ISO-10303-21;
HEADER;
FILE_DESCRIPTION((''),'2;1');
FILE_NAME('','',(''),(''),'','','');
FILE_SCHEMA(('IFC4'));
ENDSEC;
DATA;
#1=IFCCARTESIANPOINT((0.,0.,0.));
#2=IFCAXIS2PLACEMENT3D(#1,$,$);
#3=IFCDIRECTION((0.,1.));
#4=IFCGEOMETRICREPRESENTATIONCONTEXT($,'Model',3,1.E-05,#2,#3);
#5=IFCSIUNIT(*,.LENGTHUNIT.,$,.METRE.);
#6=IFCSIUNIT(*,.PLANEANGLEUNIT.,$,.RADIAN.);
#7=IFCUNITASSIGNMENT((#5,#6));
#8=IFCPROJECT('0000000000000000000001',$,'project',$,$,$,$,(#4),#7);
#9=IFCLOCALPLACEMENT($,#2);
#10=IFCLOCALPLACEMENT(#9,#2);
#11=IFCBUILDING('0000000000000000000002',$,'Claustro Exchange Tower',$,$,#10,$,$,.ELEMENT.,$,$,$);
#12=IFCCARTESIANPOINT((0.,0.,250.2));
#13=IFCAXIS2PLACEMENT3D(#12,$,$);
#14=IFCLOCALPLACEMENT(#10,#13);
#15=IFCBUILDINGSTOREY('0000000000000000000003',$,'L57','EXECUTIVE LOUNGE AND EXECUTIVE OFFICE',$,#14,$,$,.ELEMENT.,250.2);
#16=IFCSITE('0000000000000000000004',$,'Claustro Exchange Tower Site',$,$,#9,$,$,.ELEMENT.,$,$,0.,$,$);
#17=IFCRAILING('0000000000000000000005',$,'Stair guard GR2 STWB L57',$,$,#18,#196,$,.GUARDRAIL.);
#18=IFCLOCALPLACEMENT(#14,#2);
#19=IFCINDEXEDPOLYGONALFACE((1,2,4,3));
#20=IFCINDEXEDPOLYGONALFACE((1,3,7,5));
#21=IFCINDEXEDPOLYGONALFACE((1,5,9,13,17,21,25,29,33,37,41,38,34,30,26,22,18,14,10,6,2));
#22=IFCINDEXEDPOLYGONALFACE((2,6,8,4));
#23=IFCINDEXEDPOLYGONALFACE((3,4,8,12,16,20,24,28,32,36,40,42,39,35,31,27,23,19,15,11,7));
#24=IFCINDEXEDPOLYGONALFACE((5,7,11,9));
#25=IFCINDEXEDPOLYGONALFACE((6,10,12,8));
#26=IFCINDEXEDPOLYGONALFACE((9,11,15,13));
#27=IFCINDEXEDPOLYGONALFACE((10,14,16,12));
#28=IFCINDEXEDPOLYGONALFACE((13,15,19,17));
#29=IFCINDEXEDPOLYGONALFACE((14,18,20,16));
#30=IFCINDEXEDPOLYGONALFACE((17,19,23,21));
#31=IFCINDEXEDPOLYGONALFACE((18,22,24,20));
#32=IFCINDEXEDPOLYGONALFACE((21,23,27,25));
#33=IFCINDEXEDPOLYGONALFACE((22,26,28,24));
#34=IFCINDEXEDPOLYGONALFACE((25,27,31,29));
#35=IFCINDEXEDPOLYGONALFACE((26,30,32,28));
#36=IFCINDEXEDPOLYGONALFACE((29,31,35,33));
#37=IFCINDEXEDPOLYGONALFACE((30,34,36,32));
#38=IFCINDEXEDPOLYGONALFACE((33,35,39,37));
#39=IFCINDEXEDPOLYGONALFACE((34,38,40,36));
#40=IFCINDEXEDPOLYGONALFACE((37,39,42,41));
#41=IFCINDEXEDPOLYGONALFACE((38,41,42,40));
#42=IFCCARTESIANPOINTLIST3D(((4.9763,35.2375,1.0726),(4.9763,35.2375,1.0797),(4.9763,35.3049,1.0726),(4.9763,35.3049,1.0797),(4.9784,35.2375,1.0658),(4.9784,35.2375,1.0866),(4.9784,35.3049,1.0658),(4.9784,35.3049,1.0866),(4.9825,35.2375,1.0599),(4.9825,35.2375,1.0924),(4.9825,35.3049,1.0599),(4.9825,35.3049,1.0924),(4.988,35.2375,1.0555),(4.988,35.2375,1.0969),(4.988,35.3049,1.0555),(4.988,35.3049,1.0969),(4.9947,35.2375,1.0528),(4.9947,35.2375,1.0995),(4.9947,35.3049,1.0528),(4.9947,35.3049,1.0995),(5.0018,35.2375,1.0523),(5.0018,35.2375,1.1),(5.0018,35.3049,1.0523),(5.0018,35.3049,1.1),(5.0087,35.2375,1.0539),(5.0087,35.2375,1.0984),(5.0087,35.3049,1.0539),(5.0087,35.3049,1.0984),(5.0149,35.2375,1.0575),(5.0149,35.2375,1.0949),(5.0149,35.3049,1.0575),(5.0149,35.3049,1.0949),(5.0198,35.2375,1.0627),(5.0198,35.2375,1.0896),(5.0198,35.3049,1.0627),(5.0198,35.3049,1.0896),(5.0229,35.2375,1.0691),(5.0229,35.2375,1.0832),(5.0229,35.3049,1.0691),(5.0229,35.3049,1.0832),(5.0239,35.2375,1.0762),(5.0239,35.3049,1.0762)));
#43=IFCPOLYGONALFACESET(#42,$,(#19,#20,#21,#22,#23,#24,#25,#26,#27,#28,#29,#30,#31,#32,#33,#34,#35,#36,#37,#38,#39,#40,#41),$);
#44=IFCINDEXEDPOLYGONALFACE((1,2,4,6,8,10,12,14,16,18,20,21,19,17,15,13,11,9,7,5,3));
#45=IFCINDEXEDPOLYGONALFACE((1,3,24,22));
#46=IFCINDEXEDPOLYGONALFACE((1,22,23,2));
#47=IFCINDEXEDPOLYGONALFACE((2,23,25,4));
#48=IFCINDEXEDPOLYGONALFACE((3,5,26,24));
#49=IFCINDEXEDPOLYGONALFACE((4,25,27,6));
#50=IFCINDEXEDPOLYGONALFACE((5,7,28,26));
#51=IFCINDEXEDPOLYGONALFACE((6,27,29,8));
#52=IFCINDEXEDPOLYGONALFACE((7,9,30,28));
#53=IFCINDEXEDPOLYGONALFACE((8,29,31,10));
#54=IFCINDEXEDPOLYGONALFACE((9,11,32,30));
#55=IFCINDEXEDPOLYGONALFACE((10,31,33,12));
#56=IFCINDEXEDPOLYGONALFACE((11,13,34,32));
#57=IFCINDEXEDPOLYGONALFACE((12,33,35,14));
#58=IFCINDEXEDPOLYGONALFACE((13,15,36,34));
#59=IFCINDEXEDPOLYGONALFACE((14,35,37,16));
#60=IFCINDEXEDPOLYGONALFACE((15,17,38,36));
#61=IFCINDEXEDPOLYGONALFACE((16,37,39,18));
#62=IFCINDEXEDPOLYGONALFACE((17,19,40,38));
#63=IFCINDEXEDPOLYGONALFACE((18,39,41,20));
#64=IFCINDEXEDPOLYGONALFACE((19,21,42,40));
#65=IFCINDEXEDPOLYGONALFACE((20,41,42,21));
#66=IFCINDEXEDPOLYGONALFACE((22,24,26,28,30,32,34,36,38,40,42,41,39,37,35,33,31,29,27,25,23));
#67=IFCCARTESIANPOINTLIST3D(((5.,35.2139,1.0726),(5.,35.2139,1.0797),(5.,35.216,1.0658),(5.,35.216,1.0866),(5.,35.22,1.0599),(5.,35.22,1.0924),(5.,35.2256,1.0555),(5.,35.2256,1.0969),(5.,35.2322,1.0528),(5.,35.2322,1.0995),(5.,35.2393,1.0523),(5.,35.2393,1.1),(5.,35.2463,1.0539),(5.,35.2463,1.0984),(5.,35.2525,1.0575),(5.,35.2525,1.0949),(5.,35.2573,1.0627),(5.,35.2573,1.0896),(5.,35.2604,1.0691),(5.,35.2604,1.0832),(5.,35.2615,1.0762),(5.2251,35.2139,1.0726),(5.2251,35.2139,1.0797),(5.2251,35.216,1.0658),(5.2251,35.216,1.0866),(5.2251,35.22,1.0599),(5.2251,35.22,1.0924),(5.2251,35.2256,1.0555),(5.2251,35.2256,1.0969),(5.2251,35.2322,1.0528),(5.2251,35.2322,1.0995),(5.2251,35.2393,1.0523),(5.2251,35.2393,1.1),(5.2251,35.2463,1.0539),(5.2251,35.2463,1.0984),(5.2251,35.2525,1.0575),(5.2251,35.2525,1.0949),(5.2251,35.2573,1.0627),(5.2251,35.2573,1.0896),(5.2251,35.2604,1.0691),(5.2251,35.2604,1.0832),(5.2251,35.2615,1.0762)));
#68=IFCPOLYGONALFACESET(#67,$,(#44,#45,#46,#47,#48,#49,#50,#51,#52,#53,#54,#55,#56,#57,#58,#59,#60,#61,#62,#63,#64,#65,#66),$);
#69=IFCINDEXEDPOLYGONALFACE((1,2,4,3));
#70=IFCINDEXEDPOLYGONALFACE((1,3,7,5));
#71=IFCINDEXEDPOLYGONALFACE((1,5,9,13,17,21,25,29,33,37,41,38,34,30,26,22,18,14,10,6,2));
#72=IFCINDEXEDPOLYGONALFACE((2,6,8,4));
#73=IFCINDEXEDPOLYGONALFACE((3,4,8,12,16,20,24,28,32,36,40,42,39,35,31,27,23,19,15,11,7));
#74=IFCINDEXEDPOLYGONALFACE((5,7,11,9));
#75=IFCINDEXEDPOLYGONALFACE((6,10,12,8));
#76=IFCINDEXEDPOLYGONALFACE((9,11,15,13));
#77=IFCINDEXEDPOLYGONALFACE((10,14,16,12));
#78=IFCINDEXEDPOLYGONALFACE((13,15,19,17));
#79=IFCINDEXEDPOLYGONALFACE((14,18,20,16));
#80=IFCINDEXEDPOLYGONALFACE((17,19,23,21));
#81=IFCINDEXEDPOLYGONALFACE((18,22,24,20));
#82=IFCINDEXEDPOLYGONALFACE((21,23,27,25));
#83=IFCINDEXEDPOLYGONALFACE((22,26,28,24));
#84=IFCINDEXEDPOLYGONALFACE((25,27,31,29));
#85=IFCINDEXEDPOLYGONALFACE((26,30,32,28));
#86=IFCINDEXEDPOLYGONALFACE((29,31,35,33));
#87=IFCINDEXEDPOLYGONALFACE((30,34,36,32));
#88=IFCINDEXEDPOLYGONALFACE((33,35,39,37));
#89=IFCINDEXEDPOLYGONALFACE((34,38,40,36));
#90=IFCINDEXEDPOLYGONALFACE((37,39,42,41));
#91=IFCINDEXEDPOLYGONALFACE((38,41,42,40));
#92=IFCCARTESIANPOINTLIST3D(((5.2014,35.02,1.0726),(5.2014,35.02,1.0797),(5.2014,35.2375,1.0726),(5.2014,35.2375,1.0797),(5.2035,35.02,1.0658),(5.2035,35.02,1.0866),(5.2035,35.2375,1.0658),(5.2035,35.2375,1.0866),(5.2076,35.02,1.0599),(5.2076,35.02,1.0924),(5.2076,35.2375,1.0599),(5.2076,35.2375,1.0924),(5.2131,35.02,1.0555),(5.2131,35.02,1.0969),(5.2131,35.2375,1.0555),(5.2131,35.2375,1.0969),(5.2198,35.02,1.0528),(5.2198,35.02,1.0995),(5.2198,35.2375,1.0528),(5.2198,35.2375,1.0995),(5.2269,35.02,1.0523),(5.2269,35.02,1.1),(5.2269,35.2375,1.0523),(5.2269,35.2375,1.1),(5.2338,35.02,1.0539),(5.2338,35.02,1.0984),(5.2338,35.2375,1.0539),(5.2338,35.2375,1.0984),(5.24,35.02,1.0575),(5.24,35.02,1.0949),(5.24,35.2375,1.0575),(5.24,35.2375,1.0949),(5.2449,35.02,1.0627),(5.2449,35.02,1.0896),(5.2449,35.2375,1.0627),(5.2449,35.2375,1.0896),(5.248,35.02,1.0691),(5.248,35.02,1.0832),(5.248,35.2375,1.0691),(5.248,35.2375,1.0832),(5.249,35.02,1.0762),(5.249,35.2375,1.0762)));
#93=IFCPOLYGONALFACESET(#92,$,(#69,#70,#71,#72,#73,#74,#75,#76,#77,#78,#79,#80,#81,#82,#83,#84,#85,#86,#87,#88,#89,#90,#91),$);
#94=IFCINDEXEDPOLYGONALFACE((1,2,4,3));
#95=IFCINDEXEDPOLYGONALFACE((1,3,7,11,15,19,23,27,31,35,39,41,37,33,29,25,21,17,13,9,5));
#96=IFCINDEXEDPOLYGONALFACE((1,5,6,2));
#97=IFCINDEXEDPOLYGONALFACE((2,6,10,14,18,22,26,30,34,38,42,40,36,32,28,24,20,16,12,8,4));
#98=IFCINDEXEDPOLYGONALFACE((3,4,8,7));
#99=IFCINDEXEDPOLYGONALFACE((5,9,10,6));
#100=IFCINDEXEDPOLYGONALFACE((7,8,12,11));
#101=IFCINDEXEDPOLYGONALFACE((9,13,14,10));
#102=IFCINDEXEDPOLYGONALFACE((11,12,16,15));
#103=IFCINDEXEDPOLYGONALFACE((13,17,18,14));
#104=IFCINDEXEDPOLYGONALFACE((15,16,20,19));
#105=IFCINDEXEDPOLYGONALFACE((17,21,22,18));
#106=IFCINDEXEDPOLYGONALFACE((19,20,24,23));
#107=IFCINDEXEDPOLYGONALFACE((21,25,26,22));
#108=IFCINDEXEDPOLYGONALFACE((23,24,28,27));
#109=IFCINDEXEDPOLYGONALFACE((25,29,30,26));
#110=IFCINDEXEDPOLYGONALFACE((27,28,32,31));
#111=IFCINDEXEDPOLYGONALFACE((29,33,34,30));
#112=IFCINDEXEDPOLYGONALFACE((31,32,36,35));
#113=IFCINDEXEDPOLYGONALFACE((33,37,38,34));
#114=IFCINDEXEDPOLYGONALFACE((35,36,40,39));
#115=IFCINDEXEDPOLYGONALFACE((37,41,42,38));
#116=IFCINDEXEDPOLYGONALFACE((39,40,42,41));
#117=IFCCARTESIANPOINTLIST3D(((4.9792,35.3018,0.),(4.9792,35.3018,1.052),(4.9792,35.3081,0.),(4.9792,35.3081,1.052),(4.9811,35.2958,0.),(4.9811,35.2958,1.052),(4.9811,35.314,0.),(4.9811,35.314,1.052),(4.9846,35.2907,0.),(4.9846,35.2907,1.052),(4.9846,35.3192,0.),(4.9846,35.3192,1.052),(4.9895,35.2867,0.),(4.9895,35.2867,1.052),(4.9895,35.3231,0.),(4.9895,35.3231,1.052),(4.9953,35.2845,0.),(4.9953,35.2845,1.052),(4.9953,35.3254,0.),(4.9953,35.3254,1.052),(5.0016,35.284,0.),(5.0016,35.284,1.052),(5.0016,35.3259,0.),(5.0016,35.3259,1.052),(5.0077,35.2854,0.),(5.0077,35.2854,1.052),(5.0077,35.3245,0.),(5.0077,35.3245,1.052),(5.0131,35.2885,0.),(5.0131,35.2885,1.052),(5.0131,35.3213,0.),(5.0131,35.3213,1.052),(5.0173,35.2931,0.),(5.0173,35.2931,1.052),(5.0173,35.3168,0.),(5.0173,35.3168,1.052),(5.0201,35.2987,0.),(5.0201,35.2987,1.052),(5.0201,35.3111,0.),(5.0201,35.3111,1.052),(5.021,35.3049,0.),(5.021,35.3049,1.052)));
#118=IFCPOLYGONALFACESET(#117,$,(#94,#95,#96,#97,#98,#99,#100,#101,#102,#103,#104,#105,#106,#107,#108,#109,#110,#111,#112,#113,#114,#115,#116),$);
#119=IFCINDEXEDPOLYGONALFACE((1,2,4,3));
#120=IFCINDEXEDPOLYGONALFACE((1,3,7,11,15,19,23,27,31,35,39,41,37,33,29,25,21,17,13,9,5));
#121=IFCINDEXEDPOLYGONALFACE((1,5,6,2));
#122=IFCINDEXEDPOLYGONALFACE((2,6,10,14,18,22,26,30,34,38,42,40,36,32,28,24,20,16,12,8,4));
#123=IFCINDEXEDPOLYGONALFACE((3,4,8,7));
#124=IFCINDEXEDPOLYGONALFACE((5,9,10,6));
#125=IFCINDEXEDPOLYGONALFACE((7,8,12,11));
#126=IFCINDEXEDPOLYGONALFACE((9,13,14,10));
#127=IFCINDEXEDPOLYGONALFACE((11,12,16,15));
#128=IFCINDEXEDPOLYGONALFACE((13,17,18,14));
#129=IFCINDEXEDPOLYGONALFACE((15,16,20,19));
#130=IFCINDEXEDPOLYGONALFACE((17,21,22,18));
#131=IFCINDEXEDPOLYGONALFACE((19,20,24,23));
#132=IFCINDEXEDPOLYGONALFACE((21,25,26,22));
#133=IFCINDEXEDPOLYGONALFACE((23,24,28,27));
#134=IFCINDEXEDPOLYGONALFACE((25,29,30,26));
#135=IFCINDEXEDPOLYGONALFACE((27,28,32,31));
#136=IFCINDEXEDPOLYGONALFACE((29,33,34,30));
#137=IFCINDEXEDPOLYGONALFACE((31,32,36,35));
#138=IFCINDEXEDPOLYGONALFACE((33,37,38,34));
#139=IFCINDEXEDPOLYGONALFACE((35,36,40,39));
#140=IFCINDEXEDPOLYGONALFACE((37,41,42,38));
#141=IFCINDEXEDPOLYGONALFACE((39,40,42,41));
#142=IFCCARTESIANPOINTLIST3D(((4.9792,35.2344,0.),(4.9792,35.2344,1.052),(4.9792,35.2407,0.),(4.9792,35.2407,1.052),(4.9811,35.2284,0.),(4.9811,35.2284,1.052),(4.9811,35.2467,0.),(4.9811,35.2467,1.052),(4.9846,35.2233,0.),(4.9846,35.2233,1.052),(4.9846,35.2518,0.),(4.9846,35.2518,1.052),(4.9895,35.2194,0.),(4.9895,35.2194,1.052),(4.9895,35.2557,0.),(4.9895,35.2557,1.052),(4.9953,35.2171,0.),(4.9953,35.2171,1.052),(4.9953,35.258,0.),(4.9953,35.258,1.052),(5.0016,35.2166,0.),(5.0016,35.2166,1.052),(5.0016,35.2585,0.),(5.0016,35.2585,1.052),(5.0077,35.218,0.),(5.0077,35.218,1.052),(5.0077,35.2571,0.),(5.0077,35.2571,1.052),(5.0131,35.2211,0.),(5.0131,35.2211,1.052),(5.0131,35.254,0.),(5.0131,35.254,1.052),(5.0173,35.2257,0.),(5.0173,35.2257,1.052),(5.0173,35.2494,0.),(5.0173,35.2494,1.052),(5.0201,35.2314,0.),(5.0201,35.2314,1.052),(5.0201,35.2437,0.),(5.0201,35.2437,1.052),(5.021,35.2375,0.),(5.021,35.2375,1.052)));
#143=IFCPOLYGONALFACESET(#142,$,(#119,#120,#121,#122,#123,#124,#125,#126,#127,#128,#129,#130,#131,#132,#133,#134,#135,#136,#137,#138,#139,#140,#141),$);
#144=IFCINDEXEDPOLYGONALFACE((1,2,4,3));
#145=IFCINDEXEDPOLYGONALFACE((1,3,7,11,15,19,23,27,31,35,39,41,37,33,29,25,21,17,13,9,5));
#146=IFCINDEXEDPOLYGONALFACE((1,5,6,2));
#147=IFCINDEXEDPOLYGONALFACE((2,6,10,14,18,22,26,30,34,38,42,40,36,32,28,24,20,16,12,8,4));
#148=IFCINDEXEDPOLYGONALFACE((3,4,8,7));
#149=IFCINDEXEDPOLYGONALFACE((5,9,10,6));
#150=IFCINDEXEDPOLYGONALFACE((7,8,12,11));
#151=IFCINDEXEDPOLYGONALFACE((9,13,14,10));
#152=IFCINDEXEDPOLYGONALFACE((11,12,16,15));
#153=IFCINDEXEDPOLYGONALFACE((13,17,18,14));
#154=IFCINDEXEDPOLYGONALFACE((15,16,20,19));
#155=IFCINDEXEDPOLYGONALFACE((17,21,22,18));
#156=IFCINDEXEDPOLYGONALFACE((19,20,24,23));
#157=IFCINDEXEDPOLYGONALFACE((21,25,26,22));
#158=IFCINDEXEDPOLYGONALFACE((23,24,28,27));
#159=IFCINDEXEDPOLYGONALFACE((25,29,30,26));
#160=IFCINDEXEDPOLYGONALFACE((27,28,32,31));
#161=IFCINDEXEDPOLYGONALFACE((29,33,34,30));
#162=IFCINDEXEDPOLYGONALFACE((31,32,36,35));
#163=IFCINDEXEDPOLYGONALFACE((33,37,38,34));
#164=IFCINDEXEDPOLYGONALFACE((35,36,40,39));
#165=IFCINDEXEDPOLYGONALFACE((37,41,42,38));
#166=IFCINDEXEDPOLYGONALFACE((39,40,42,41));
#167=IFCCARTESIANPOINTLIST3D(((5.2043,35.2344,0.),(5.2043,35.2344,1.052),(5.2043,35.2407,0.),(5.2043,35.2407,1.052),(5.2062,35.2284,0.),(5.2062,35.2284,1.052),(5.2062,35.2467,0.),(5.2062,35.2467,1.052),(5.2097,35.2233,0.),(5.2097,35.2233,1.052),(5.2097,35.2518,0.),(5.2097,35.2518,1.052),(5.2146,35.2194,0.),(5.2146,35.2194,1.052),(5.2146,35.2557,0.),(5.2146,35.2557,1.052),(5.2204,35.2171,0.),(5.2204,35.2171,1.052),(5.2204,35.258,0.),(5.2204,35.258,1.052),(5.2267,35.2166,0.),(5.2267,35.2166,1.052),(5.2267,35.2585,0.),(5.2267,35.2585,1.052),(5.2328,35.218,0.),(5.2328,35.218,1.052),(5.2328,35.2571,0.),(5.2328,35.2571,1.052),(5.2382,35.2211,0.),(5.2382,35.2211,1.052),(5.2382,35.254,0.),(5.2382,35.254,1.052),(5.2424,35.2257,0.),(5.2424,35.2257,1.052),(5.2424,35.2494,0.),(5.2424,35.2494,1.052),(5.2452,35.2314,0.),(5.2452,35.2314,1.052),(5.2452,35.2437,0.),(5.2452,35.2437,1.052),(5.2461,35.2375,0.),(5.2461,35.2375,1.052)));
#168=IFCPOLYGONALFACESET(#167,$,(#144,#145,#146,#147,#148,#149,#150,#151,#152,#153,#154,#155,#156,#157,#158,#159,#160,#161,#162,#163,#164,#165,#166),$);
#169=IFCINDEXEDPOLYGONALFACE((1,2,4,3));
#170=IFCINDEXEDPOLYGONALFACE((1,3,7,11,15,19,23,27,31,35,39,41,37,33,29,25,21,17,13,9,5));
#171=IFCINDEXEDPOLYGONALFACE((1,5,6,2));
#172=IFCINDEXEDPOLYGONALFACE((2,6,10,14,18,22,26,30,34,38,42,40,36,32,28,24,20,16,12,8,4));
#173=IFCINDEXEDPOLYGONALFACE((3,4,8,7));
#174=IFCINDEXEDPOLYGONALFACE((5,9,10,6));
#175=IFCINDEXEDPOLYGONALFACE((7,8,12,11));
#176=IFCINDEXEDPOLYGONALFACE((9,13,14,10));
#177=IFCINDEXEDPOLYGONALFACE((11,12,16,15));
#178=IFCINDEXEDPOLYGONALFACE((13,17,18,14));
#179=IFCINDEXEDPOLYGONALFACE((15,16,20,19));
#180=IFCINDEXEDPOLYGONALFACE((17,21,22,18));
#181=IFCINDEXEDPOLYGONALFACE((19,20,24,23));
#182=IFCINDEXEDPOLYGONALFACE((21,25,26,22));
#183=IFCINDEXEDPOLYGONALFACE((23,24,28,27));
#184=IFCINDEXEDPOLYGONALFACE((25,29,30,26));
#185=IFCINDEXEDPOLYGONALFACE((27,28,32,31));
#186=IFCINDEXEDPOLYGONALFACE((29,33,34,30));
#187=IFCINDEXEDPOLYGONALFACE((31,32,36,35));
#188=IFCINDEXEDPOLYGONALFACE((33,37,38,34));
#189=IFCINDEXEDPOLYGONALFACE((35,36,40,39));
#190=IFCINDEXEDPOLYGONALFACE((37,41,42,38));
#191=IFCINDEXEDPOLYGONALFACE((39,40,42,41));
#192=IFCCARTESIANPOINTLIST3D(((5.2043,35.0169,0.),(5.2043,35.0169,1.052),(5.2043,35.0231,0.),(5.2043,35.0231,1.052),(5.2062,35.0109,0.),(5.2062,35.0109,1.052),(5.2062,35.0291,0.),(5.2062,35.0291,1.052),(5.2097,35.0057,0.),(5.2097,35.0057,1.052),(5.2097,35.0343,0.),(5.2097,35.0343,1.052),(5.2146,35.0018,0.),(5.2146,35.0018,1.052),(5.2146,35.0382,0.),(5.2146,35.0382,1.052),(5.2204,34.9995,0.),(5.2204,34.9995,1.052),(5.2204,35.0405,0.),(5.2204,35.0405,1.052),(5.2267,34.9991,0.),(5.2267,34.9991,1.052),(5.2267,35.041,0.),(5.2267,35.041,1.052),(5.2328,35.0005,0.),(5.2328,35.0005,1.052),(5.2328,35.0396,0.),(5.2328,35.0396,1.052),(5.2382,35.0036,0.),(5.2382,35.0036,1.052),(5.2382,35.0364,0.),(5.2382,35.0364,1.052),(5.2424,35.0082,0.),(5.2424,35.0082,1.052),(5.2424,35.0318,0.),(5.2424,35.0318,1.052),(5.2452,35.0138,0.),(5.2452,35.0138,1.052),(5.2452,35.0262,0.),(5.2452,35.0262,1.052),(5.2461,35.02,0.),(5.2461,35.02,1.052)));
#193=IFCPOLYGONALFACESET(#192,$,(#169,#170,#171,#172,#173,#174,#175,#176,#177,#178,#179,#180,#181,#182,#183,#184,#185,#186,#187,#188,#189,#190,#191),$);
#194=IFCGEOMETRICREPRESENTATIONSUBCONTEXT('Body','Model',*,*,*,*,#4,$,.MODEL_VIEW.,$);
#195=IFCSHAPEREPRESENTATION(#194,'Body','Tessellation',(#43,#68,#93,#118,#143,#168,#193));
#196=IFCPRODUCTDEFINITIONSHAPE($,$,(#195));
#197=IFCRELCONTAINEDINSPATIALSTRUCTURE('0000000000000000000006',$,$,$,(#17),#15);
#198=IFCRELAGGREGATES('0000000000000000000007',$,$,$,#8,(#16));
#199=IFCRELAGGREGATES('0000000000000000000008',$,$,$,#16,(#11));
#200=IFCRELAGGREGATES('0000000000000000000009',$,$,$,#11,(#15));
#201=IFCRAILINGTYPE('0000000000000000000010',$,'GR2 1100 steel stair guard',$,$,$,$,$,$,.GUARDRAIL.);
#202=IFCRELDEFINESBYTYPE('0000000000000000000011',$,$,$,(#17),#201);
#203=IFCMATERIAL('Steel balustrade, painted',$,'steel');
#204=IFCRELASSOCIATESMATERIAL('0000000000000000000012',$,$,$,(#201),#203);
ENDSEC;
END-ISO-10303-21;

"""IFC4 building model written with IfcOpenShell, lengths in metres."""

from ifc_helpers import new_model, si_unit, direction, frame, origin, origin_2d, place, context, subcontext, project, spatial, circle, extrude, material, type_object, element, save


model = new_model("IFC4")

# Units and contexts
model_context = context("Model", 3, precision=1e-05, world=origin(), true_north=direction((0.0, 1.0)))
body_context = subcontext(model_context, "Body", "Model", "MODEL_VIEW")
ifc_project = project(units=[si_unit("LENGTHUNIT", "METRE"), si_unit("PLANEANGLEUNIT", "RADIAN")], contexts=[model_context])

# Site, building, storey
site_placement = place(None, origin())
site = spatial("IfcSite", under=ifc_project, at=site_placement, Name="Claustro Exchange Tower Site", CompositionType="ELEMENT", RefElevation=0.0)
building_placement = place(site_placement, origin())
building = spatial("IfcBuilding", under=site, at=building_placement, Name="Claustro Exchange Tower", CompositionType="ELEMENT")
storey_placement = place(building_placement, frame((0.0, 0.0, 250.2)))
storey = spatial("IfcBuildingStorey", under=building, at=storey_placement, Name="L57", Description="EXECUTIVE LOUNGE AND EXECUTIVE OFFICE", CompositionType="ELEMENT", Elevation=250.2)

# Railing
ifc_material_1 = material(Name="Steel balustrade, painted", Category="steel")
railing_type_1 = type_object("IfcRailingType", Name="GR2 1100 steel stair guard", PredefinedType="GUARDRAIL", material=ifc_material_1)
railing_1_placement = place(storey_placement, frame((5.0, 35.3049, 0.0)))
element("IfcRailing", 1, at=railing_1_placement, inside=storey, type_object=railing_type_1, Name="Stair guard GR2 STWB L57", PredefinedType="GUARDRAIL", context=body_context, shape_type="SweptSolid", body=[
    extrude(circle(Radius=0.0239, at=origin_2d()), frame((0.0, 0.0, 1.0762), z_axis=(0.0, -1.0, 0.0), x_axis=(1.0, 0.0, 0.0)), (0.0, 0.0, 1.0), 0.0674),
    extrude(circle(Radius=0.0239, at=origin_2d()), frame((0.0, -0.0674, 1.0762), z_axis=(1.0, 0.0, 0.0), x_axis=(0.0, 1.0, 0.0)), (0.0, 0.0, 1.0), 0.2251),
    extrude(circle(Radius=0.0239, at=origin_2d()), frame((0.2251, -0.0674, 1.0762), z_axis=(0.0, -1.0, 0.0), x_axis=(1.0, 0.0, 0.0)), (0.0, 0.0, 1.0), 0.2175),
    extrude(circle(Radius=0.021, at=origin_2d()), origin(), (0.0, 0.0, 1.0), 1.052),
    extrude(circle(Radius=0.021, at=origin_2d()), frame((0.0, -0.0674, 0.0)), (0.0, 0.0, 1.0), 1.052),
    extrude(circle(Radius=0.021, at=origin_2d()), frame((0.2251, -0.0674, 0.0)), (0.0, 0.0, 1.0), 1.052),
    extrude(circle(Radius=0.021, at=origin_2d()), frame((0.2251, -0.2849, 0.0)), (0.0, 0.0, 1.0), 1.052),
])

save(model, "model.ifc")
